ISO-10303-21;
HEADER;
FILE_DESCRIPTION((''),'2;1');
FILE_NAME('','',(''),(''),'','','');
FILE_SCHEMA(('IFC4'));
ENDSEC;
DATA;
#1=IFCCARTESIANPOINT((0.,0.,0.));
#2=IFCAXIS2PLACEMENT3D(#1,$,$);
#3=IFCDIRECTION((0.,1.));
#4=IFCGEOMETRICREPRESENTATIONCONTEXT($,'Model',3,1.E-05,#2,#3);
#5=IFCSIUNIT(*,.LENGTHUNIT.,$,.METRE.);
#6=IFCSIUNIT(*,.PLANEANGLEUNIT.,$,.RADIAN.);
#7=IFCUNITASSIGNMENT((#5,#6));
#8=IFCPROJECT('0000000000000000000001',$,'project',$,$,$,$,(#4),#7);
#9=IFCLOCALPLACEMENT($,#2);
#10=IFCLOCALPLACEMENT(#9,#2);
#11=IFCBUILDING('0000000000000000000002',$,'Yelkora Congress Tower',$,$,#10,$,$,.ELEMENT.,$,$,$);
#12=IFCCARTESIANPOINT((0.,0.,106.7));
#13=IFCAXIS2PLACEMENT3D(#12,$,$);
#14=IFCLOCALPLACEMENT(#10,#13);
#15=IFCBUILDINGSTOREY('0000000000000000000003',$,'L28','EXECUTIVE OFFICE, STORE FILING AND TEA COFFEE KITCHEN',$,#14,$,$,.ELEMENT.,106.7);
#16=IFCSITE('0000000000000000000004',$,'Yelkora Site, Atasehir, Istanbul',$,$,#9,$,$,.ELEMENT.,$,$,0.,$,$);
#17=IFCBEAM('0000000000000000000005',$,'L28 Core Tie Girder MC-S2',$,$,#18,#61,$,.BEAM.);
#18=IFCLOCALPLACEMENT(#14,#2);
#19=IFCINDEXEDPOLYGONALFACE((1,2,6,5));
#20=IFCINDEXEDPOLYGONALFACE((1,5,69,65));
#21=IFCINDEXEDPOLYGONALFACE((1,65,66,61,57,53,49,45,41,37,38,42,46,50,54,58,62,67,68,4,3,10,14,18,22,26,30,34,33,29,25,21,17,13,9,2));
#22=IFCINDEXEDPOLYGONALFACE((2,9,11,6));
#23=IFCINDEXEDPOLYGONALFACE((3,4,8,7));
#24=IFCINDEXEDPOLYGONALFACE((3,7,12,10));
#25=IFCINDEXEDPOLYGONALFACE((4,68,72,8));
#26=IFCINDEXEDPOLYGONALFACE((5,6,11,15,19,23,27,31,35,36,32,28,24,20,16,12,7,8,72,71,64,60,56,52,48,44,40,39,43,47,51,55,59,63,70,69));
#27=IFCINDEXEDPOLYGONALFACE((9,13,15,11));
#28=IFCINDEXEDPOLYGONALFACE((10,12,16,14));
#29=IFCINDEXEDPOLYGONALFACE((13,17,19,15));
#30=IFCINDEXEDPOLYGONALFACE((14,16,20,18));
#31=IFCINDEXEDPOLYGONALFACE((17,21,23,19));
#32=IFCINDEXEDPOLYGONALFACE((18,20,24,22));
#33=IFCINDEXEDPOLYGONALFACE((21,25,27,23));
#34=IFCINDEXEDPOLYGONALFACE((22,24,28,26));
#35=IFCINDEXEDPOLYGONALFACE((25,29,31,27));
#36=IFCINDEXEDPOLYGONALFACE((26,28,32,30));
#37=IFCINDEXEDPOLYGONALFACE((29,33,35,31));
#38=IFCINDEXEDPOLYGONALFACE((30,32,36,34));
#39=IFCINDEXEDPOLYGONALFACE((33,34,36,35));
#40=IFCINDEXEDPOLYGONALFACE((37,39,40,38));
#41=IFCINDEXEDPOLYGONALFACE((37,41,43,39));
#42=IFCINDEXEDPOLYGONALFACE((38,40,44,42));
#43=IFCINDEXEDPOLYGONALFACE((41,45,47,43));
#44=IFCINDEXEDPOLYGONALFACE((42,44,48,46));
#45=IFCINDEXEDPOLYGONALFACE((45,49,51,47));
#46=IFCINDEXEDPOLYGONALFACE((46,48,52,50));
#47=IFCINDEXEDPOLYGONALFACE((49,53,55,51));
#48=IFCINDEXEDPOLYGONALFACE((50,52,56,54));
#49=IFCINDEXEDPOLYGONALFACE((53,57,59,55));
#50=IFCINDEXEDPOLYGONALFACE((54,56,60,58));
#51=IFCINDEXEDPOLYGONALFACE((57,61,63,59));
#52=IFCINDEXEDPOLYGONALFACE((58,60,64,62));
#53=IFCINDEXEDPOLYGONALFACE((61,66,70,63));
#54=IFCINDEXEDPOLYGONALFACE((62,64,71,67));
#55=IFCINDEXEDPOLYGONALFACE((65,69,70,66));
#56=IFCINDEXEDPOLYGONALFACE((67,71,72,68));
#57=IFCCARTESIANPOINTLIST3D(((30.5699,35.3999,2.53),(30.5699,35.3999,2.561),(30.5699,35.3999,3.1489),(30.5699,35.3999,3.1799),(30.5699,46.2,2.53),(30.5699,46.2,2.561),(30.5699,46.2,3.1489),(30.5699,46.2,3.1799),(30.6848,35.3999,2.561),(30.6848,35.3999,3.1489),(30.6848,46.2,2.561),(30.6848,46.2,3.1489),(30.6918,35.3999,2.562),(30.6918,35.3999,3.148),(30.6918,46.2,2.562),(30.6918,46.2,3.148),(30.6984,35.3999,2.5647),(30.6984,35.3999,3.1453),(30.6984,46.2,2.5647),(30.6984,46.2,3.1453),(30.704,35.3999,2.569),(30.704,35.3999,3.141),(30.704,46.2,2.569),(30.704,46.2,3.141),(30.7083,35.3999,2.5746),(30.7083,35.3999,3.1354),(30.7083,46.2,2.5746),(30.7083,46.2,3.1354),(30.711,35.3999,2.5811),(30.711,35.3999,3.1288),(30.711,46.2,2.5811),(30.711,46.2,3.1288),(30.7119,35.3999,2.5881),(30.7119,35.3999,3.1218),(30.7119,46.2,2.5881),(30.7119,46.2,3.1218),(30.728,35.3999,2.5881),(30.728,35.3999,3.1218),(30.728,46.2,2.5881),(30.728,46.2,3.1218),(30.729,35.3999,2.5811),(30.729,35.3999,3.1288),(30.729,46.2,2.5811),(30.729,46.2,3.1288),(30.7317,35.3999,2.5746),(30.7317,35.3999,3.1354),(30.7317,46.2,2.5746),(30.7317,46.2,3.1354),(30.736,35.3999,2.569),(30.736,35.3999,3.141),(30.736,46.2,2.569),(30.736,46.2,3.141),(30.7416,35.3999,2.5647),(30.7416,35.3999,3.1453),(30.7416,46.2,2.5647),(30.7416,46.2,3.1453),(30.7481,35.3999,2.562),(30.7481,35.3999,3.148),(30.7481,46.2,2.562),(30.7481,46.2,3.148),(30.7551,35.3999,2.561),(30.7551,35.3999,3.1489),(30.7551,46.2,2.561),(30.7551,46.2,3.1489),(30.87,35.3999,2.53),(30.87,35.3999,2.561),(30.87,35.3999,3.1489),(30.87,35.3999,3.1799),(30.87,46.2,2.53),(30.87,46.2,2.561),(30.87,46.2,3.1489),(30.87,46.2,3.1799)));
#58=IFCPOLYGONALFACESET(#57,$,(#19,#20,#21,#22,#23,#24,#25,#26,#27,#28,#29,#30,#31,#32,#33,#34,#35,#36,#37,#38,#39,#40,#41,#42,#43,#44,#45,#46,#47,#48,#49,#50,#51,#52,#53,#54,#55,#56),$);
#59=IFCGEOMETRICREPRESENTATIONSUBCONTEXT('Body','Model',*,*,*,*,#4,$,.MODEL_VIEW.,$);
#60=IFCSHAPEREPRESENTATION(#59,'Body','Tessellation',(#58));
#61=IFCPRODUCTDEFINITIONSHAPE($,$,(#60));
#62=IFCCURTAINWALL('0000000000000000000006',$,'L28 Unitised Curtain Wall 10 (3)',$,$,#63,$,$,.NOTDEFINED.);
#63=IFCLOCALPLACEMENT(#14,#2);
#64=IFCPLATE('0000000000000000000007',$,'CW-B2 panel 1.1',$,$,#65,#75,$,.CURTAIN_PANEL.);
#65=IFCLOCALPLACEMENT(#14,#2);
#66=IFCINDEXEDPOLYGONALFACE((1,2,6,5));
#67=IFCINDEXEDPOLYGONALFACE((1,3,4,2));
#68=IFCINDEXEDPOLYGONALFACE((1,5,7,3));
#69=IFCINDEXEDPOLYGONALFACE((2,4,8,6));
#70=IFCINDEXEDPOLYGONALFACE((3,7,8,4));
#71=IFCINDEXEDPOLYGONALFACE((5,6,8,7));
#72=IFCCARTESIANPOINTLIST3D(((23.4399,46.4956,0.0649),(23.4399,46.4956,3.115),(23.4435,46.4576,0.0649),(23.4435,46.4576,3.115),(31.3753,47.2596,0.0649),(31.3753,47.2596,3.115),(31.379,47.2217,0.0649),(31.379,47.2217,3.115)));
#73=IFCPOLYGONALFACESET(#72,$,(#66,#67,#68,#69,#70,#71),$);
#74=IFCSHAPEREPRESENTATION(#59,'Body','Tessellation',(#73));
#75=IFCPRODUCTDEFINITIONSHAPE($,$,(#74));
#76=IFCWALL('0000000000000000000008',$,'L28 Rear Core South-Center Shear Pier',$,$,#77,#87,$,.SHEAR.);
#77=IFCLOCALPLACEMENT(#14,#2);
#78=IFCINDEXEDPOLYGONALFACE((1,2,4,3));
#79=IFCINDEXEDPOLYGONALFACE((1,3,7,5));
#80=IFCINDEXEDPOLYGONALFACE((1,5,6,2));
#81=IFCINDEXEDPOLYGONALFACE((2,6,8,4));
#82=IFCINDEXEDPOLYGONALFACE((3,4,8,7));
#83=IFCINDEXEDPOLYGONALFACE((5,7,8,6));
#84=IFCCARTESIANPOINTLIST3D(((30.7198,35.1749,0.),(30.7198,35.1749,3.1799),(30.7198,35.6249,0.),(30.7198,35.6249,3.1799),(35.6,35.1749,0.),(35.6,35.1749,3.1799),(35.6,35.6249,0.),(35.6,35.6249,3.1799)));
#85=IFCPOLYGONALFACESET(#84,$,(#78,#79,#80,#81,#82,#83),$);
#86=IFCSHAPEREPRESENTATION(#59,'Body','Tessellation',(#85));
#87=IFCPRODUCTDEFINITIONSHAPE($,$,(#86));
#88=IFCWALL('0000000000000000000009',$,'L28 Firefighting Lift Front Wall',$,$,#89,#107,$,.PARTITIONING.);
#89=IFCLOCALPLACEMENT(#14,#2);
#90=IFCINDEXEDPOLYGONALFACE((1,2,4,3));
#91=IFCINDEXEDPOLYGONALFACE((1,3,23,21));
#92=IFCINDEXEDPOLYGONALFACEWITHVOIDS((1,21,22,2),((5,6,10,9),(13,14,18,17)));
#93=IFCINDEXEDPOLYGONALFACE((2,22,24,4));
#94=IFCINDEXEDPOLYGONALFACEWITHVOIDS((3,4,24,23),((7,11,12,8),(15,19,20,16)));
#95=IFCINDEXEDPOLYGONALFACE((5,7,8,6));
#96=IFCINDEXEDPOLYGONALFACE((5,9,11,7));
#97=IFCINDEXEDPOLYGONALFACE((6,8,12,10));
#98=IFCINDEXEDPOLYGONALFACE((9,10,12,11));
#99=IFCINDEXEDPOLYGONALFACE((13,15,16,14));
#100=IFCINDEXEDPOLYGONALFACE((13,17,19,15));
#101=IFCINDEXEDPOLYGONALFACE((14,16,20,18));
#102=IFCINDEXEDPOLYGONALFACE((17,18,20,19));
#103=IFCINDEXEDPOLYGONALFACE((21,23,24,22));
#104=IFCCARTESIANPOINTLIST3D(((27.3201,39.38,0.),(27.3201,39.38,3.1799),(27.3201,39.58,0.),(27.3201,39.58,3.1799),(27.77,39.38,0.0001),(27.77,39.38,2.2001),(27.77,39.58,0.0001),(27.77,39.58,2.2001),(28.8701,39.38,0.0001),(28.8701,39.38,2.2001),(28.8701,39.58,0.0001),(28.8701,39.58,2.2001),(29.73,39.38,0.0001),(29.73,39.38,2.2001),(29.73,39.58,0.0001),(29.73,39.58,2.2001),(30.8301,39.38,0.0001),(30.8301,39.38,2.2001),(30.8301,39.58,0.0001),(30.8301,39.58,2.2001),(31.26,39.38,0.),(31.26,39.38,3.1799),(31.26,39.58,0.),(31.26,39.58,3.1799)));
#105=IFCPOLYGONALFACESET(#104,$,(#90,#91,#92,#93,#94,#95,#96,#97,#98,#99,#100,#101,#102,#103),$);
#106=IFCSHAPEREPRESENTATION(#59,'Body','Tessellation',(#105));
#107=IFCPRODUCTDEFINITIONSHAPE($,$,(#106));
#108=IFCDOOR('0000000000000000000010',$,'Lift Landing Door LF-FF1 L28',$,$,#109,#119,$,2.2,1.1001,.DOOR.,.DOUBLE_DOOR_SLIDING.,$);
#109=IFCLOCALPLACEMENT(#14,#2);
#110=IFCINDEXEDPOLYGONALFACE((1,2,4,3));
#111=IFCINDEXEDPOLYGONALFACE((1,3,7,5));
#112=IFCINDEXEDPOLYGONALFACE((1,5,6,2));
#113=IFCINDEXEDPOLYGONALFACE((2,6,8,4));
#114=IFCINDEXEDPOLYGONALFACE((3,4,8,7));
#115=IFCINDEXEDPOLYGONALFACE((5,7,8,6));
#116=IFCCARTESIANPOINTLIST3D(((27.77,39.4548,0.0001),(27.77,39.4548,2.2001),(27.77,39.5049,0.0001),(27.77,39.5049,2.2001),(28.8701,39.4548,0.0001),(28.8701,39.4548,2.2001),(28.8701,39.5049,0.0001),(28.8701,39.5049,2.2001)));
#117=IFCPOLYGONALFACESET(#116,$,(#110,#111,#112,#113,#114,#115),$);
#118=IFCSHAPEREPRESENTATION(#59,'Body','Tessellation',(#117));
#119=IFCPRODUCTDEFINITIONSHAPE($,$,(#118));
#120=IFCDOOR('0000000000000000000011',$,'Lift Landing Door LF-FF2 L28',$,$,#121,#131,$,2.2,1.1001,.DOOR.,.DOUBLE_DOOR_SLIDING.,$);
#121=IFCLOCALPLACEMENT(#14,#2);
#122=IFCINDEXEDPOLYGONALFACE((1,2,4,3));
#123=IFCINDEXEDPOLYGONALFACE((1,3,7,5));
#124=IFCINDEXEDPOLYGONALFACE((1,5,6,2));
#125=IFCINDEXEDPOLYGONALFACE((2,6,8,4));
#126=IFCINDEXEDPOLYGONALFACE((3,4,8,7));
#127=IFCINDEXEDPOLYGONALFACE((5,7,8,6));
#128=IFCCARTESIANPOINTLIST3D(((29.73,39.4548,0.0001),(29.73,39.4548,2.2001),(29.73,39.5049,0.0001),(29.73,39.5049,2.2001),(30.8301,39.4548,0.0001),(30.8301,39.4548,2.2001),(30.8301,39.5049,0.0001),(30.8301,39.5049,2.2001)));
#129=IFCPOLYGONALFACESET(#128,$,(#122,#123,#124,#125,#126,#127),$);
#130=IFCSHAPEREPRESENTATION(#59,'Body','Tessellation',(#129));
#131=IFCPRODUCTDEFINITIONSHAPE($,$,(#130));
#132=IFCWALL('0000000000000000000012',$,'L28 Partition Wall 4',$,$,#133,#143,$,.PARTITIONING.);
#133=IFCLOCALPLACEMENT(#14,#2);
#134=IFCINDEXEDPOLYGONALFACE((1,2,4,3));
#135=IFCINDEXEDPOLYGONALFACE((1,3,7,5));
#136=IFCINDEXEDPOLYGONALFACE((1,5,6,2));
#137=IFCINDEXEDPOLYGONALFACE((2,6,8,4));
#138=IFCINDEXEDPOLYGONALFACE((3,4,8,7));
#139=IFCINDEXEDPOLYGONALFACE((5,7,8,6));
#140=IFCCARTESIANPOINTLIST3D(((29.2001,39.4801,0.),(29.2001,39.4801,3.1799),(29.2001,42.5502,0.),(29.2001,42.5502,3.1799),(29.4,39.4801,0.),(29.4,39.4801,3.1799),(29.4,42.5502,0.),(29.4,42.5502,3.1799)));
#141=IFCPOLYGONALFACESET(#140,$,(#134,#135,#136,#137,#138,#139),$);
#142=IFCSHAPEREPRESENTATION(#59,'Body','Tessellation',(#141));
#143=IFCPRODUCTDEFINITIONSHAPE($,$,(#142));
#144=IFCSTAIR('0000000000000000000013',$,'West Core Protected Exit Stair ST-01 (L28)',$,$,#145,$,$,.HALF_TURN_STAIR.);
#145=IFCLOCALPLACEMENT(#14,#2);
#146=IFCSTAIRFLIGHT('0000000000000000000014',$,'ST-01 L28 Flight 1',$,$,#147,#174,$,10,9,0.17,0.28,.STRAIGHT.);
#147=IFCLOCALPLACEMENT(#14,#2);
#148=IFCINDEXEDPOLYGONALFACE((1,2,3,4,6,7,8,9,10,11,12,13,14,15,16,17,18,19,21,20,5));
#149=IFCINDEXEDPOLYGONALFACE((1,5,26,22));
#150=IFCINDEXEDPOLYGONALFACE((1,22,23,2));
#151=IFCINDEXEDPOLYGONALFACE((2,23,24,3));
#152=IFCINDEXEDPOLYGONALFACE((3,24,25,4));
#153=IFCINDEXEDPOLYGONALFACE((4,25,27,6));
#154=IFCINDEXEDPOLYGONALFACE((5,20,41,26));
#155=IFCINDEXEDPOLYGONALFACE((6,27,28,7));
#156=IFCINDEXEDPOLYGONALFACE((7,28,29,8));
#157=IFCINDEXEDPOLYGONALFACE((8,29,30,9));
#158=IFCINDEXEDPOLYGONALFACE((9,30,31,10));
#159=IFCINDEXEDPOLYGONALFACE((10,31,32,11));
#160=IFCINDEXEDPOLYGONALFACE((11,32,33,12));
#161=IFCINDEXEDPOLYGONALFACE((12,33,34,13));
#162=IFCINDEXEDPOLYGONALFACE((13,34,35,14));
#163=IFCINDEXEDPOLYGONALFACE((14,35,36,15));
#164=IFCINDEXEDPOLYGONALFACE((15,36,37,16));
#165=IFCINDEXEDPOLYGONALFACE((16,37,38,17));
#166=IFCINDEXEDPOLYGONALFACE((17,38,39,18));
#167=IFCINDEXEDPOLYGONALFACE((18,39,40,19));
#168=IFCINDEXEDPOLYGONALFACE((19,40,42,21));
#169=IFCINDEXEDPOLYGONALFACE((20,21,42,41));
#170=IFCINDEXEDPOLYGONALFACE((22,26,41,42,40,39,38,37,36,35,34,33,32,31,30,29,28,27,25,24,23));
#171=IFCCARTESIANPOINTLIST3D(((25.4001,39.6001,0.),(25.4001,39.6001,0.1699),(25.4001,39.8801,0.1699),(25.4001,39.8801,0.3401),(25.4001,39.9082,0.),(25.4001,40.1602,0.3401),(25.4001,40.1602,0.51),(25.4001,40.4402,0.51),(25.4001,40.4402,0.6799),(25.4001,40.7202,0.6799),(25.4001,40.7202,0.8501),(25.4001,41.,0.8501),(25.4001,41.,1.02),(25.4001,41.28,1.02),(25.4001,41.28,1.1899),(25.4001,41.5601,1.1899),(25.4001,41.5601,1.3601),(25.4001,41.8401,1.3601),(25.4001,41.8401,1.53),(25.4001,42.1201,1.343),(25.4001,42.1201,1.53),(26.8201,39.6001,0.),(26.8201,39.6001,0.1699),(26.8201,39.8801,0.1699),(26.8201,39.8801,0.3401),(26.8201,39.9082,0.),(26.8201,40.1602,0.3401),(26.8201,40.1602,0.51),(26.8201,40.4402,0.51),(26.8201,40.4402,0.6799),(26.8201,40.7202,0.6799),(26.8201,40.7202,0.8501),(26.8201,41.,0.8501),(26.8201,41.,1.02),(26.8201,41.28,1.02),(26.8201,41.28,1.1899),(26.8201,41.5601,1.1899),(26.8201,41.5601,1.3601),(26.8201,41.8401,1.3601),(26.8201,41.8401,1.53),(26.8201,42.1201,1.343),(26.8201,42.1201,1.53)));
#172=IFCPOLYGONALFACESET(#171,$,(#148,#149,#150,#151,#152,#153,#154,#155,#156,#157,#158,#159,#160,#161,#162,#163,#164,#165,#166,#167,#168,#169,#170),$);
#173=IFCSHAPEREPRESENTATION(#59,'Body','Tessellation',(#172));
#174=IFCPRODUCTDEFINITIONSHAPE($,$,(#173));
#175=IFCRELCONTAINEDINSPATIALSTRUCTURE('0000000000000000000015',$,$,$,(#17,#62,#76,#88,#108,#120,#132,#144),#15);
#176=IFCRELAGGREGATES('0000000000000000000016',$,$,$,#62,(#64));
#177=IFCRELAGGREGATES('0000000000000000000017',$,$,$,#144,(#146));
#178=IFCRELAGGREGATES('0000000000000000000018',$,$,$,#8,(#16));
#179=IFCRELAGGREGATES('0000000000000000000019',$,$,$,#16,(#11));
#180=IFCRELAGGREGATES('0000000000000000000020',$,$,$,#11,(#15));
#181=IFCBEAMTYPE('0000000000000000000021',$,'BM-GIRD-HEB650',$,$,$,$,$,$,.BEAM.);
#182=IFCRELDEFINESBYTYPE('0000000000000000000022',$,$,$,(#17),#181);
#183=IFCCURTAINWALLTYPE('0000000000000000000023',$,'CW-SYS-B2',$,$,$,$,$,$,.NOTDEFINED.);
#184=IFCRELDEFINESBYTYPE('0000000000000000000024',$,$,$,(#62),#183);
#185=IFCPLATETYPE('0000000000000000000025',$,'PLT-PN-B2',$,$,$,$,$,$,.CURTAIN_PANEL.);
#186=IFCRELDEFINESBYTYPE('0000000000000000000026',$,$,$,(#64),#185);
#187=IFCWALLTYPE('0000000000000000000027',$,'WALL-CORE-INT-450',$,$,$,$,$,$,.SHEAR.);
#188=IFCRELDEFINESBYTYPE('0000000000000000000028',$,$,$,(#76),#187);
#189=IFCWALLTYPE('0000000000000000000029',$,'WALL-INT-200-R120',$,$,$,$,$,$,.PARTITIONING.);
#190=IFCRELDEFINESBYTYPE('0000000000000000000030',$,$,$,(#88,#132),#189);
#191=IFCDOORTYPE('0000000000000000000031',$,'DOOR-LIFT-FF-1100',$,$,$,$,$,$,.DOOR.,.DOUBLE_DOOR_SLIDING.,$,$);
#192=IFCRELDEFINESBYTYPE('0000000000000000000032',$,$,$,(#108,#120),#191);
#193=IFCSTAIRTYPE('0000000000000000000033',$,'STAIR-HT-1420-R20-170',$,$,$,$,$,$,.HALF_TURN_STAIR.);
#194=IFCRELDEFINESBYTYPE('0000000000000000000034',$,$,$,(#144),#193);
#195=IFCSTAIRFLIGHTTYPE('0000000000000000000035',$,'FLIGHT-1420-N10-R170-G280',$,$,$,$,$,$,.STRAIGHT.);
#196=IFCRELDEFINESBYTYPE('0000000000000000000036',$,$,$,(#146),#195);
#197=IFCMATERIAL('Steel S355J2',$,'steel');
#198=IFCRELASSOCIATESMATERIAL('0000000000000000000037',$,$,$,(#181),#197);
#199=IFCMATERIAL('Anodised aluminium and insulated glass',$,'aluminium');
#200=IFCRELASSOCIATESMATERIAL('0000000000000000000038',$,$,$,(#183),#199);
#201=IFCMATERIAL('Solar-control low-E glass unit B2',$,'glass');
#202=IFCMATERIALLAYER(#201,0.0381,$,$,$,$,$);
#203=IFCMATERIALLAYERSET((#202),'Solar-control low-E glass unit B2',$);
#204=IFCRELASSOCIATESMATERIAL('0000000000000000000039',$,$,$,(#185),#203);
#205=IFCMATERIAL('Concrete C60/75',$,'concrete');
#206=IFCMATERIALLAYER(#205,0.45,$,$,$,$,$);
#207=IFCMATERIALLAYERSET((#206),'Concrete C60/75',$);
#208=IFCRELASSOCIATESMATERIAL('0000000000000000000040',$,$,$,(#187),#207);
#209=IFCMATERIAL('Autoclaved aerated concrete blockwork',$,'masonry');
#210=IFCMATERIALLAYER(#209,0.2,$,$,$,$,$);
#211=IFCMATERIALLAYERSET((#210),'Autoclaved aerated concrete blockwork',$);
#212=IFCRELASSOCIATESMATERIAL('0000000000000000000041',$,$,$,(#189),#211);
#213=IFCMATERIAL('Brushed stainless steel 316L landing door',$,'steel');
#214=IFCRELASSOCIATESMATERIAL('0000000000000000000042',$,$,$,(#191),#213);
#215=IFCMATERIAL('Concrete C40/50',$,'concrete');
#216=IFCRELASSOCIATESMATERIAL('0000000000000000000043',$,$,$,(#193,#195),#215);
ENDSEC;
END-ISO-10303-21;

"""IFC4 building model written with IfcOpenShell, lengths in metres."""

from ifc_helpers import new_model, si_unit, direction, frame, frame_2d, origin, origin_2d, place, context, subcontext, project, spatial, polyline, rectangle, i_section, outline, extrude, material, layer, layer_set, material_profile, profile_set, type_object, element, fill, aggregate, save


model = new_model("IFC4")

# Units and contexts
model_context = context("Model", 3, precision=1e-05, world=origin(), true_north=direction((0.0, 1.0)))
body_context = subcontext(model_context, "Body", "Model", "MODEL_VIEW")
ifc_project = project(units=[si_unit("LENGTHUNIT", "METRE"), si_unit("PLANEANGLEUNIT", "RADIAN")], contexts=[model_context])

# Site, building, storey
site_placement = place(None, origin())
site = spatial("IfcSite", under=ifc_project, at=site_placement, Name="Yelkora Site, Atasehir, Istanbul", CompositionType="ELEMENT", RefElevation=0.0)
building_placement = place(site_placement, origin())
building = spatial("IfcBuilding", under=site, at=building_placement, Name="Yelkora Congress Tower", CompositionType="ELEMENT")
storey_placement = place(building_placement, frame((0.0, 0.0, 106.7)))
storey = spatial("IfcBuildingStorey", under=building, at=storey_placement, Name="L28", Description="EXECUTIVE OFFICE, STORE FILING AND TEA COFFEE KITCHEN", CompositionType="ELEMENT", Elevation=106.7)

# Beam
ifc_material_1 = material(Name="Steel S355J2", Category="steel")
ifc_material_profile_1 = material_profile(ifc_material_1, i_section(OverallWidth=0.3, OverallDepth=0.6499, WebThickness=0.0161, FlangeThickness=0.031, FilletRadius=0.0271, at=origin_2d()), Name="HEB 650")
ifc_profile_set_1 = profile_set([ifc_material_profile_1], Name="Steel S355J2")
beam_type = type_object("IfcBeamType", Name="BM-GIRD-HEB650", PredefinedType="BEAM", material=ifc_profile_set_1)
beam_placement = place(storey_placement, frame((30.72, 35.3999, 2.855), z_axis=(0.0, 1.0, 0.0), x_axis=(-1.0, 0.0, 0.0)))
element("IfcBeam", 1, at=beam_placement, inside=storey, type_object=beam_type, Name="L28 Core Tie Girder MC-S2", PredefinedType="BEAM", context=body_context, shape_type="SweptSolid", body=[
    extrude(i_section(OverallWidth=0.3, OverallDepth=0.6499, WebThickness=0.0161, FlangeThickness=0.031, FilletRadius=0.0271, at=origin_2d()), origin(), (0.0, 0.0, 1.0), 10.8),
])

# Curtain wall, plate
ifc_material_2 = material(Name="Anodised aluminium and insulated glass", Category="aluminium")
curtain_wall_type = type_object("IfcCurtainWallType", Name="CW-SYS-B2", PredefinedType="NOTDEFINED", material=ifc_material_2)
curtain_wall_placement = place(storey_placement, origin())
curtain_wall = element("IfcCurtainWall", 2, at=curtain_wall_placement, inside=storey, type_object=curtain_wall_type, Name="L28 Unitised Curtain Wall 10 (3)", PredefinedType="NOTDEFINED")
ifc_material_3 = material(Name="Solar-control low-E glass unit B2", Category="glass")
ifc_layer_1 = layer(ifc_material_3, 0.0381)
ifc_layer_set_1 = layer_set([ifc_layer_1], Name="Solar-control low-E glass unit B2")
plate_type = type_object("IfcPlateType", Name="PLT-PN-B2", PredefinedType="CURTAIN_PANEL", material=ifc_layer_set_1)
plate_placement = place(storey_placement, frame((27.4094, 46.8586, 0.0649), z_axis=(0.0, 0.0, 1.0), x_axis=(0.995396, 0.095844, 0.0)))
plate = element("IfcPlate", 3, at=plate_placement, type_object=plate_type, Name="CW-B2 panel 1.1", PredefinedType="CURTAIN_PANEL", context=body_context, shape_type="SweptSolid", body=[
    extrude(rectangle(XDim=7.9722, YDim=0.0381, at=origin_2d()), origin(), (0.0, 0.0, 1.0), 3.05),
])
aggregate(curtain_wall, [plate])

# Wall
ifc_material_4 = material(Name="Concrete C60/75", Category="concrete")
ifc_layer_2 = layer(ifc_material_4, 0.45)
ifc_layer_set_2 = layer_set([ifc_layer_2], Name="Concrete C60/75")
wall_type_1 = type_object("IfcWallType", Name="WALL-CORE-INT-450", PredefinedType="SHEAR", material=ifc_layer_set_2)
wall_1_placement = place(storey_placement, frame((30.72, 35.3999, 0.0), z_axis=(0.0, 0.0, 1.0), x_axis=(1.0, 0.0, 0.0)))
element("IfcWall", 4, at=wall_1_placement, inside=storey, type_object=wall_type_1, Name="L28 Rear Core South-Center Shear Pier", PredefinedType="SHEAR", context=body_context, shape_type="SweptSolid", body=[
    extrude(rectangle(XDim=4.8801, YDim=0.45, at=frame_2d((2.4399, 0.0))), origin(), (0.0, 0.0, 1.0), 3.1799),
])

# Shared definitions
ifc_material_5 = material(Name="Autoclaved aerated concrete blockwork", Category="masonry")
ifc_layer_3 = layer(ifc_material_5, 0.2)
ifc_layer_set_3 = layer_set([ifc_layer_3], Name="Autoclaved aerated concrete blockwork")
wall_type_2 = type_object("IfcWallType", Name="WALL-INT-200-R120", PredefinedType="PARTITIONING", material=ifc_layer_set_3)

# Wall, openings, doors
wall_2_placement = place(storey_placement, frame((27.3201, 39.48, 0.0), z_axis=(0.0, 0.0, 1.0), x_axis=(1.0, 0.0, 0.0)))
wall_2 = element("IfcWall", 5, at=wall_2_placement, inside=storey, type_object=wall_type_2, Name="L28 Firefighting Lift Front Wall", PredefinedType="PARTITIONING", context=body_context, shape_type="SweptSolid", body=[
    extrude(rectangle(XDim=3.9399, YDim=0.2, at=frame_2d((1.97, 0.0))), origin(), (0.0, 0.0, 1.0), 3.1799),
])
opening_1_placement = place(wall_2_placement, frame((0.45, 0.0, 0.0)))
opening_1 = element("IfcOpeningElement", 6, at=opening_1_placement, cuts=wall_2, PredefinedType="OPENING", context=body_context, shape_type="SweptSolid", body=[
    extrude(rectangle(XDim=1.1001, YDim=2.2, at=frame_2d((0.55, 1.1001))), frame((0.0, 0.1099, 0.0), z_axis=(0.0, -1.0, 0.0), x_axis=(1.0, 0.0, 0.0)), (0.0, 0.0, 1.0), 0.22),
])
opening_2_placement = place(wall_2_placement, frame((2.4099, 0.0, 0.0)))
opening_2 = element("IfcOpeningElement", 7, at=opening_2_placement, cuts=wall_2, PredefinedType="OPENING", context=body_context, shape_type="SweptSolid", body=[
    extrude(rectangle(XDim=1.1001, YDim=2.2, at=frame_2d((0.55, 1.1001))), frame((0.0, 0.1099, 0.0), z_axis=(0.0, -1.0, 0.0), x_axis=(1.0, 0.0, 0.0)), (0.0, 0.0, 1.0), 0.22),
])
ifc_material_6 = material(Name="Brushed stainless steel 316L landing door", Category="steel")
door_type_1 = type_object("IfcDoorType", Name="DOOR-LIFT-FF-1100", OperationType="DOUBLE_DOOR_SLIDING", PredefinedType="DOOR", material=ifc_material_6)
door_1_placement = place(opening_1_placement, origin())
door_1 = element("IfcDoor", 8, at=door_1_placement, inside=storey, type_object=door_type_1, Name="Lift Landing Door LF-FF1 L28", OperationType="DOUBLE_DOOR_SLIDING", OverallHeight=2.2, OverallWidth=1.1001, PredefinedType="DOOR", context=body_context, shape_type="SweptSolid", body=[
    extrude(rectangle(XDim=1.1001, YDim=2.2, at=frame_2d((0.55, 1.1001))), frame((0.0, 0.0249, 0.0), z_axis=(0.0, -1.0, 0.0), x_axis=(1.0, 0.0, 0.0)), (0.0, 0.0, 1.0), 0.05),
])
fill(opening_1, door_1)
door_2_placement = place(opening_2_placement, origin())
door_2 = element("IfcDoor", 9, at=door_2_placement, inside=storey, type_object=door_type_1, Name="Lift Landing Door LF-FF2 L28", OperationType="DOUBLE_DOOR_SLIDING", OverallHeight=2.2, OverallWidth=1.1001, PredefinedType="DOOR", context=body_context, shape_type="SweptSolid", body=[
    extrude(rectangle(XDim=1.1001, YDim=2.2, at=frame_2d((0.55, 1.1001))), frame((0.0, 0.0249, 0.0), z_axis=(0.0, -1.0, 0.0), x_axis=(1.0, 0.0, 0.0)), (0.0, 0.0, 1.0), 0.05),
])
fill(opening_2, door_2)

# Wall
wall_3_placement = place(storey_placement, frame((29.3, 39.48, 0.0), z_axis=(0.0, 0.0, 1.0), x_axis=(0.0, 1.0, 0.0)))
element("IfcWall", 10, at=wall_3_placement, inside=storey, type_object=wall_type_2, Name="L28 Partition Wall 4", PredefinedType="PARTITIONING", context=body_context, shape_type="SweptSolid", body=[
    extrude(rectangle(XDim=3.0701, YDim=0.2, at=frame_2d((1.5352, 0.0))), origin(), (0.0, 0.0, 1.0), 3.1799),
])

# Stair, stair flight
ifc_material_7 = material(Name="Concrete C40/50", Category="concrete")
stair_type = type_object("IfcStairType", Name="STAIR-HT-1420-R20-170", PredefinedType="HALF_TURN_STAIR", material=ifc_material_7)
stair_placement = place(storey_placement, origin())
stair = element("IfcStair", 11, at=stair_placement, inside=storey, type_object=stair_type, Name="West Core Protected Exit Stair ST-01 (L28)", PredefinedType="HALF_TURN_STAIR")
stair_flight_type = type_object("IfcStairFlightType", Name="FLIGHT-1420-N10-R170-G280", PredefinedType="STRAIGHT", material=ifc_material_7)
stair_flight_placement = place(storey_placement, frame((26.1101, 39.6001, 0.0), z_axis=(0.0, 0.0, 1.0), x_axis=(0.0, 1.0, 0.0)))
stair_flight = element("IfcStairFlight", 12, at=stair_flight_placement, type_object=stair_flight_type, Name="ST-01 L28 Flight 1", NumberOfRisers=10, NumberOfTreads=9, PredefinedType="STRAIGHT", RiserHeight=0.17, TreadLength=0.28, context=body_context, shape_type="SweptSolid", body=[
    extrude(outline(polyline([(0.0, 0.0), (0.0, 0.1699), (0.28, 0.1699), (0.28, 0.3401), (0.5601, 0.3401), (0.5601, 0.51), (0.8401, 0.51), (0.8401, 0.6799), (1.1201, 0.6799), (1.1201, 0.8501), (1.3999, 0.8501), (1.3999, 1.02), (1.6799, 1.02), (1.6799, 1.1899), (1.96, 1.1899), (1.96, 1.3601), (2.24, 1.3601), (2.24, 1.53), (2.52, 1.53), (2.52, 1.7), (2.52, 1.343), (0.3081, 0.0), (0.0, 0.0)])), frame((0.0, 0.71, 0.0), z_axis=(0.0, -1.0, 0.0), x_axis=(1.0, 0.0, 0.0)), (0.0, 0.0, 1.0), 1.4199),
])
aggregate(stair, [stair_flight])

save(model, "model.ifc")
